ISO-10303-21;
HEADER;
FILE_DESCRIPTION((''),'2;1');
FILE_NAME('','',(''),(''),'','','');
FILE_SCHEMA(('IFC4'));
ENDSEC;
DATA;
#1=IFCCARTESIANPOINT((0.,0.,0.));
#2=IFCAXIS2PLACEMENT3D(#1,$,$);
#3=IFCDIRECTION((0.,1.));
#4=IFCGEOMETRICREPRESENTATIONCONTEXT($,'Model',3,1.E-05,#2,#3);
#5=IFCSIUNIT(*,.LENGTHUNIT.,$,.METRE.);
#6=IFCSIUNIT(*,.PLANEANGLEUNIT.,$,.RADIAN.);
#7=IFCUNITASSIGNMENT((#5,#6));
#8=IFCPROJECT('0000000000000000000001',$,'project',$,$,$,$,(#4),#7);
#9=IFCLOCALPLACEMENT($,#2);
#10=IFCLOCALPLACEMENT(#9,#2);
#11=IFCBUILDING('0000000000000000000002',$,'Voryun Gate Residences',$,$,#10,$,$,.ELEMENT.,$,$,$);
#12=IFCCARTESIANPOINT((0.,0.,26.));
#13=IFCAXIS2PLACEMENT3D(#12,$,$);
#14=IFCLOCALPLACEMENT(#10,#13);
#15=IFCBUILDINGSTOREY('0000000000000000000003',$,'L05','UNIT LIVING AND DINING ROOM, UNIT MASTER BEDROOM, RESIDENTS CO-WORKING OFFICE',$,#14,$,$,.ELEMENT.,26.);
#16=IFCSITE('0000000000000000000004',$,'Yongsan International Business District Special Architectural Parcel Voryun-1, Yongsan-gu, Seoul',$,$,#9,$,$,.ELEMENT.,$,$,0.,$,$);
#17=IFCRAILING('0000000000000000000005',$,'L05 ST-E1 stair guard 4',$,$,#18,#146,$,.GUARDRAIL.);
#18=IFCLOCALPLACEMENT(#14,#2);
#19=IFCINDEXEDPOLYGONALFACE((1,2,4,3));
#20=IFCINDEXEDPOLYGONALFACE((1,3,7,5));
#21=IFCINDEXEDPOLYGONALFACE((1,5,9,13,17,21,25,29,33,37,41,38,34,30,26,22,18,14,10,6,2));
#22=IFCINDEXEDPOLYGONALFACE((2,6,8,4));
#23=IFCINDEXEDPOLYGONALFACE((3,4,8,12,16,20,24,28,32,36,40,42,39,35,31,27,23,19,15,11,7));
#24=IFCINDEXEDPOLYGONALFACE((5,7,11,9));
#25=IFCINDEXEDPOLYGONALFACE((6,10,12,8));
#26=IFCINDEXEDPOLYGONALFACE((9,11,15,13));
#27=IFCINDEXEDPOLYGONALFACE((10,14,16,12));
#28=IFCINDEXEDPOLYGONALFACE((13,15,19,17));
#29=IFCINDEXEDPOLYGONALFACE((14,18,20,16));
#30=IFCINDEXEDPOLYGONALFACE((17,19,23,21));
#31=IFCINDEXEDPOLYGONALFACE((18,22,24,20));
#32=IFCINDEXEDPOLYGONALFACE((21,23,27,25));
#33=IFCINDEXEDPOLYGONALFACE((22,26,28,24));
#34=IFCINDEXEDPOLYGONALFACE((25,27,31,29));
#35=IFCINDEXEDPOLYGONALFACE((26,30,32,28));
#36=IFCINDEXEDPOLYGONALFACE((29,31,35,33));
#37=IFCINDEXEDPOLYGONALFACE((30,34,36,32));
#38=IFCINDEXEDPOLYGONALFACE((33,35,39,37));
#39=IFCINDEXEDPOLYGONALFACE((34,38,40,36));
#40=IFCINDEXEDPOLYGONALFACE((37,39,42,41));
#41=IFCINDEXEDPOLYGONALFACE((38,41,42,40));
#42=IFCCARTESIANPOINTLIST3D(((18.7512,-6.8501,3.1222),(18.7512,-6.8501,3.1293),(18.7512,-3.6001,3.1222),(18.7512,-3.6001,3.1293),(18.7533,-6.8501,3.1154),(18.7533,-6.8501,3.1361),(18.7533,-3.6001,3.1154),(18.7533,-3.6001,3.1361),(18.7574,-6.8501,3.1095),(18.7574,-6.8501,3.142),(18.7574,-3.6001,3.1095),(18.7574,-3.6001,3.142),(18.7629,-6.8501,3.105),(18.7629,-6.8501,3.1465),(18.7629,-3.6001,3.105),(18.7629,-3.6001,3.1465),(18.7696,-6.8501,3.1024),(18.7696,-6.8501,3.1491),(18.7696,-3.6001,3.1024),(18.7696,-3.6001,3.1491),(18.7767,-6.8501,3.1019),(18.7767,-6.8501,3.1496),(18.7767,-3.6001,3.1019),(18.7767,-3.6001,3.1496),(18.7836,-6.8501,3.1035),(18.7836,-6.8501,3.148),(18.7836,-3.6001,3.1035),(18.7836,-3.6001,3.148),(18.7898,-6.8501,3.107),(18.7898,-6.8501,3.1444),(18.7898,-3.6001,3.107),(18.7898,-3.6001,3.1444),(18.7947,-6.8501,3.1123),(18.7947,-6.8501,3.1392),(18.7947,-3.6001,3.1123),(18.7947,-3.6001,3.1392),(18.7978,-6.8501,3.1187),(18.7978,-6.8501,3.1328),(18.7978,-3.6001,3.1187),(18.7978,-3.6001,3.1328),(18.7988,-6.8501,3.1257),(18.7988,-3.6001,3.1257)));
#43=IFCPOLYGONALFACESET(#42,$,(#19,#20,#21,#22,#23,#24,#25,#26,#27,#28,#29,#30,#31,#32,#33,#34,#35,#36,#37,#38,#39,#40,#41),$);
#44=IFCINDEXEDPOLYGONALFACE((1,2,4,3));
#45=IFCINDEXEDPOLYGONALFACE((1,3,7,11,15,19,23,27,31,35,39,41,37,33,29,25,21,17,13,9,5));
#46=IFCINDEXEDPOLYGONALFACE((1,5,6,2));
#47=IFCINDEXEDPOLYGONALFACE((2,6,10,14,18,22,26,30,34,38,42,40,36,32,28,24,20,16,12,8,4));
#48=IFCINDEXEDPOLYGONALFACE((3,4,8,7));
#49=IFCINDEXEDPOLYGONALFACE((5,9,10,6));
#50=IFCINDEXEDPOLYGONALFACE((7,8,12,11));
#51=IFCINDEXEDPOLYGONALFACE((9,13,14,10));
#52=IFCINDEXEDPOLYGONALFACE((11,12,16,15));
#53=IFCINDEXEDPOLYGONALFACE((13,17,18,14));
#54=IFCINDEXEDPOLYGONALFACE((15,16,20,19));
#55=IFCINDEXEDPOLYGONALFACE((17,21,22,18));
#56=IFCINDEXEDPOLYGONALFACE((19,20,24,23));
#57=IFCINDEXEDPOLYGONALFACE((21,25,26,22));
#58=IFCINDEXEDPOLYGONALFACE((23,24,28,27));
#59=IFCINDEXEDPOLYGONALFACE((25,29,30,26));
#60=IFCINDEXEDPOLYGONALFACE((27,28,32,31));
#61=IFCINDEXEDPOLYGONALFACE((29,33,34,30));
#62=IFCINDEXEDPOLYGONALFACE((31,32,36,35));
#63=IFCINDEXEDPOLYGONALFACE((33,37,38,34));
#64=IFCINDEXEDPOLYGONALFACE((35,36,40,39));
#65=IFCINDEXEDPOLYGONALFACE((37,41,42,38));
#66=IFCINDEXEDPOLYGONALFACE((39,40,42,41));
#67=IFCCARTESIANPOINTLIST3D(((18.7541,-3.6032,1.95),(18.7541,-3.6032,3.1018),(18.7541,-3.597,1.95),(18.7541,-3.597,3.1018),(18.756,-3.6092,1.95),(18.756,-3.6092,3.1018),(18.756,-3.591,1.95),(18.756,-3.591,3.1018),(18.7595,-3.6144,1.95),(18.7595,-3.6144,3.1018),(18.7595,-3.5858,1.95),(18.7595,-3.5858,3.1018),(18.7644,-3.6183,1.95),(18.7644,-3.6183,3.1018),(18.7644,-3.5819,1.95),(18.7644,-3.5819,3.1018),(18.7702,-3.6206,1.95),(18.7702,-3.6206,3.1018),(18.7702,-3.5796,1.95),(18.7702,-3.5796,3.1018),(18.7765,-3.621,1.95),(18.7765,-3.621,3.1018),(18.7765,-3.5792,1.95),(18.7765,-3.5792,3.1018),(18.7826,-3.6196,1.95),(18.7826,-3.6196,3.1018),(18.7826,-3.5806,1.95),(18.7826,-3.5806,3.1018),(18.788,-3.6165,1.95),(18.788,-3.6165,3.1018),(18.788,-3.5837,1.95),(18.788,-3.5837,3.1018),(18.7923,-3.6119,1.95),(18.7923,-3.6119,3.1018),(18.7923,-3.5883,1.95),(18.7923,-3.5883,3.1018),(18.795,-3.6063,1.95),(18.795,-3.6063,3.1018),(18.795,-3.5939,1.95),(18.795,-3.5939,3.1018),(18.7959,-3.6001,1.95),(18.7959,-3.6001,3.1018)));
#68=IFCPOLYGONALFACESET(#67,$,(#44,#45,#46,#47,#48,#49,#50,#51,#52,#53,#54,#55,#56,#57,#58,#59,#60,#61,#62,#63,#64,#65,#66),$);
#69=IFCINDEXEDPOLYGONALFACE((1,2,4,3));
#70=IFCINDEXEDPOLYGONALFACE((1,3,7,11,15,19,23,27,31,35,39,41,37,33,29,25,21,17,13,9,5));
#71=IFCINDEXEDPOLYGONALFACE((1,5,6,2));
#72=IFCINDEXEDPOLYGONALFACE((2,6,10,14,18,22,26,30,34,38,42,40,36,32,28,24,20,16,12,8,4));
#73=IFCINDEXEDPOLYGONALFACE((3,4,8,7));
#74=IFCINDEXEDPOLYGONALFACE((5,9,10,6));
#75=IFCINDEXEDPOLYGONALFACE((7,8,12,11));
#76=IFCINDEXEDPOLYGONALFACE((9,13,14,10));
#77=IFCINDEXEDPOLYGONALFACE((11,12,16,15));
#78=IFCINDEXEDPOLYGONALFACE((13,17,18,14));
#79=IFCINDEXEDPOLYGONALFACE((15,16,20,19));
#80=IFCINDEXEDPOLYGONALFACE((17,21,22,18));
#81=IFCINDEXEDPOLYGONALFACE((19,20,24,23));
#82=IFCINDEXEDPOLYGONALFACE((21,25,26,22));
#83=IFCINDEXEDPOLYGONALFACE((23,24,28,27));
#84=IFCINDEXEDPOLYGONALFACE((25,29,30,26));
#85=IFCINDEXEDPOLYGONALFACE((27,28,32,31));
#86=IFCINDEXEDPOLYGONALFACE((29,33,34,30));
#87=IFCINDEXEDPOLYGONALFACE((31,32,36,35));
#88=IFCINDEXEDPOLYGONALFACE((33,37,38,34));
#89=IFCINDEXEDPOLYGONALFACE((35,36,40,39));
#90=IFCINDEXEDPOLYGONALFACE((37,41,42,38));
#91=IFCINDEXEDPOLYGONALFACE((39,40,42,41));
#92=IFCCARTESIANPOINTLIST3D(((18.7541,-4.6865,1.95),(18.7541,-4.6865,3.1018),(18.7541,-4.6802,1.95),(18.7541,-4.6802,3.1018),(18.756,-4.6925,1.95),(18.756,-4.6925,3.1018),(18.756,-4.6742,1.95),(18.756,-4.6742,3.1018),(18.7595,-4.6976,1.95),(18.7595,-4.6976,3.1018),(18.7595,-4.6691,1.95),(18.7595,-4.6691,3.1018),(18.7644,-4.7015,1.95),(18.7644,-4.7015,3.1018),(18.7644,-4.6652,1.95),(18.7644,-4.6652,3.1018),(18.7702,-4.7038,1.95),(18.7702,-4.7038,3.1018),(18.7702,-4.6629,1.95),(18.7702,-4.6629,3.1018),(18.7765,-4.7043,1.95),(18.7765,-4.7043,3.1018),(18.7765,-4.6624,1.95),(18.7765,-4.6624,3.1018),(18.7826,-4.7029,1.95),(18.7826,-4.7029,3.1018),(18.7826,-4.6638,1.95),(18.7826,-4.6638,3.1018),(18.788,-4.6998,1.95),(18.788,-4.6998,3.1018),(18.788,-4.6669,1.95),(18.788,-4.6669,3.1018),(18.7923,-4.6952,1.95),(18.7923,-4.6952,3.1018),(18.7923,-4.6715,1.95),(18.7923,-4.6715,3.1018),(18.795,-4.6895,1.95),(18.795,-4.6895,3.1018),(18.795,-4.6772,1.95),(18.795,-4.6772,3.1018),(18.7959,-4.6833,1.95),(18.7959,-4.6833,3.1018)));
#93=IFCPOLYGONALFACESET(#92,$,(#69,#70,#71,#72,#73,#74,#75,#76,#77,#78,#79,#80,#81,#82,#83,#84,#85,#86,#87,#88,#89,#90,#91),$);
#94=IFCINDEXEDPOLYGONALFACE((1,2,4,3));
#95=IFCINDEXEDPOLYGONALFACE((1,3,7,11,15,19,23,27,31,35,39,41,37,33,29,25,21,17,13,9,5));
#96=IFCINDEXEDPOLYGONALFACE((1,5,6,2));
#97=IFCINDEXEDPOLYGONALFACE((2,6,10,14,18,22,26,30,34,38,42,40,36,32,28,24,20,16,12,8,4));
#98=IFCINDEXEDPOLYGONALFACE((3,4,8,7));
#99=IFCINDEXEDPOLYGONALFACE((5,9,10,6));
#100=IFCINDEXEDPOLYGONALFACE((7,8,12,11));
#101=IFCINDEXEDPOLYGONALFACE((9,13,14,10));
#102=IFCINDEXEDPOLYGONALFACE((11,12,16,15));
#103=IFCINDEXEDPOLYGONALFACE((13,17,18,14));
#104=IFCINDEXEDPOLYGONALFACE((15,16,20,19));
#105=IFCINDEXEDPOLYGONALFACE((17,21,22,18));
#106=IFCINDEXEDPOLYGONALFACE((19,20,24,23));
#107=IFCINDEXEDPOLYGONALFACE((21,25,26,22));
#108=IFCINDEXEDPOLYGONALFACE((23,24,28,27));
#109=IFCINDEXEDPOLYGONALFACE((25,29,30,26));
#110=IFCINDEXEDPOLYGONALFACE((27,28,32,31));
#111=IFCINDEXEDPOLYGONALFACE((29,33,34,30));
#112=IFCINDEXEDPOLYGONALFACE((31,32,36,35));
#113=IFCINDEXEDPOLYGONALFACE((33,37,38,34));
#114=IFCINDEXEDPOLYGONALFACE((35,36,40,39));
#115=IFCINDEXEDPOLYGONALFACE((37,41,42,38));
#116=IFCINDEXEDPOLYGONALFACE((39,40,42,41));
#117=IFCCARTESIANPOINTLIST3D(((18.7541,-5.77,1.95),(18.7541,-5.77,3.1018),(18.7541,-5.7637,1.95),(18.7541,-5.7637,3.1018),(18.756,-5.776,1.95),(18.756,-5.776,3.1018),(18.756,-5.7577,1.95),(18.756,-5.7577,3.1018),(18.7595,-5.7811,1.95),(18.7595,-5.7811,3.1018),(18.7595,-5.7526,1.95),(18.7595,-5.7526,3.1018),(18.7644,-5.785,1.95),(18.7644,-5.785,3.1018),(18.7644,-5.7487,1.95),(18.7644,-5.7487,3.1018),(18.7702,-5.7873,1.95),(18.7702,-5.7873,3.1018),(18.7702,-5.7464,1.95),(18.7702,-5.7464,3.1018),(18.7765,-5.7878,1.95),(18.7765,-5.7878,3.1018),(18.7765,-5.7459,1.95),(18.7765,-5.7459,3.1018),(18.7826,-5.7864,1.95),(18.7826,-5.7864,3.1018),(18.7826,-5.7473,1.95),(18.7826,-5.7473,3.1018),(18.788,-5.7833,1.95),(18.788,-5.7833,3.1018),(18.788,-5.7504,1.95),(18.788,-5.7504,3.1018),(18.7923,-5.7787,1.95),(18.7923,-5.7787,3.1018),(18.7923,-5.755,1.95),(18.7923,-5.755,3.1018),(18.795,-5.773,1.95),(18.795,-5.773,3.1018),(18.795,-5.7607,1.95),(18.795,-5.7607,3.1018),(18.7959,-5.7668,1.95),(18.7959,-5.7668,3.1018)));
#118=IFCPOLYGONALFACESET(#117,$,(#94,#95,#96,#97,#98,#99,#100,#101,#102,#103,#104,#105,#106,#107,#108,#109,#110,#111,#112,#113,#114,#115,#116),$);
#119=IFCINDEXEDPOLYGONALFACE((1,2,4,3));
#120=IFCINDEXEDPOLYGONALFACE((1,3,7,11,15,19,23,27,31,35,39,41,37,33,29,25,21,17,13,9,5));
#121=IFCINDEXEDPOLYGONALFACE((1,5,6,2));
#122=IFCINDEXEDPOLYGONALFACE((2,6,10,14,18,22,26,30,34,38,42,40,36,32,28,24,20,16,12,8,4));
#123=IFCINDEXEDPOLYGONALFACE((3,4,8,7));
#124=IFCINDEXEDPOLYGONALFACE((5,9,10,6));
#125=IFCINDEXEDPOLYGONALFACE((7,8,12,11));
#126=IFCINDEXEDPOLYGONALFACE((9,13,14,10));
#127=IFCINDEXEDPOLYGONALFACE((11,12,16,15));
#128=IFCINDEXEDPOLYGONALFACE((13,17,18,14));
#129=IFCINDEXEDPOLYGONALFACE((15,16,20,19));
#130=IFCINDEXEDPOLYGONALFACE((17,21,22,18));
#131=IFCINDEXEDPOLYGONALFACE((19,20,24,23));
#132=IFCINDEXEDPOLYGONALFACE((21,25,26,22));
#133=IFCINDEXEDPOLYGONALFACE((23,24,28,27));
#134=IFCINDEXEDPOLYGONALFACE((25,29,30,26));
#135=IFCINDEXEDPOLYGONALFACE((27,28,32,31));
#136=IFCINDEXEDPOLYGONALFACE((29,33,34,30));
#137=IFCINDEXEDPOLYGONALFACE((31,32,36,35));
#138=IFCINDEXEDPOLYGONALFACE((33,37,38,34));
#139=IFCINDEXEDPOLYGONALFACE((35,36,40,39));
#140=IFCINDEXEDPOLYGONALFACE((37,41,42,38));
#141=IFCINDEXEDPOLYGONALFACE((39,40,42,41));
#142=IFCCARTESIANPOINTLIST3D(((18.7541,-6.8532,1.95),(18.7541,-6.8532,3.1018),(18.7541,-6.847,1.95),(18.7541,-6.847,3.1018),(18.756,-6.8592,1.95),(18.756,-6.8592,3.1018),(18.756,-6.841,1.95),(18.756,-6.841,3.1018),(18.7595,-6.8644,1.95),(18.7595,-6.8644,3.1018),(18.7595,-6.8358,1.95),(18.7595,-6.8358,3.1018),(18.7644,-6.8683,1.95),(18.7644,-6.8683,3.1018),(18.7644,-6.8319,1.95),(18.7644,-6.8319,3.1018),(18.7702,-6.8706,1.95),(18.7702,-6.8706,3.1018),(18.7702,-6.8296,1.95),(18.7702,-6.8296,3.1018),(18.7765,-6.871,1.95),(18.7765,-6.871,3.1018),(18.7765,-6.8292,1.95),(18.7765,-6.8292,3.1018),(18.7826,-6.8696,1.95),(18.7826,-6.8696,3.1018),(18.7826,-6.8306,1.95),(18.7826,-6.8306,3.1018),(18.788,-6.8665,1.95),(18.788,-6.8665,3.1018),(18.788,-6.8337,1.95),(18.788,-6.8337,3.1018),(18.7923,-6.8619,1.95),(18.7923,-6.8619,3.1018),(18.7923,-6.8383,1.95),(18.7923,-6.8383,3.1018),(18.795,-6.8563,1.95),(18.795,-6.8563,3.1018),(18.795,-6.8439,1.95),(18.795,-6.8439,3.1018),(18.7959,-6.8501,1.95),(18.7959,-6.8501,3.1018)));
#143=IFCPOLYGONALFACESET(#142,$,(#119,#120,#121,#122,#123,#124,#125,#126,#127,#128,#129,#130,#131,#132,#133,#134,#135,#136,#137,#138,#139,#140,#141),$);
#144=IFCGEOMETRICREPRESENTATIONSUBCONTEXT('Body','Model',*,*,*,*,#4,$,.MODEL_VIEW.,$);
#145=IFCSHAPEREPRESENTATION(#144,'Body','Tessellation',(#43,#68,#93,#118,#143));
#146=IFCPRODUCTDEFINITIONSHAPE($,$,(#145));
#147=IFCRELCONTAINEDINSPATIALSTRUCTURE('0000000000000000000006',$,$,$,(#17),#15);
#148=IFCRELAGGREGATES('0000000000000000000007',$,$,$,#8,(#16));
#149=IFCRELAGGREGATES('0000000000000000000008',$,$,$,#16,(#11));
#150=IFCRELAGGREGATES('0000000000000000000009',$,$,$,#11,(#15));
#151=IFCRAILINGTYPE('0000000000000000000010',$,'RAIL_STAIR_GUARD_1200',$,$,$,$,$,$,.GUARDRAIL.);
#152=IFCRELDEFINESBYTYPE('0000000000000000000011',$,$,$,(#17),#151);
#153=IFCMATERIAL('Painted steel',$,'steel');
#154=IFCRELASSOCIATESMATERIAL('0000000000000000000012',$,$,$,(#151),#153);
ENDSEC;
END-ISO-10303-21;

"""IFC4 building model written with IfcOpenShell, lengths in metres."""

from ifc_helpers import new_model, si_unit, direction, frame, origin, origin_2d, place, context, subcontext, project, spatial, circle, extrude, material, type_object, element, save


model = new_model("IFC4")

# Units and contexts
model_context = context("Model", 3, precision=1e-05, world=origin(), true_north=direction((0.0, 1.0)))
body_context = subcontext(model_context, "Body", "Model", "MODEL_VIEW")
ifc_project = project(units=[si_unit("LENGTHUNIT", "METRE"), si_unit("PLANEANGLEUNIT", "RADIAN")], contexts=[model_context])

# Site, building, storey
site_placement = place(None, origin())
site = spatial("IfcSite", under=ifc_project, at=site_placement, Name="Yongsan International Business District Special Architectural Parcel Voryun-1, Yongsan-gu, Seoul", CompositionType="ELEMENT", RefElevation=0.0)
building_placement = place(site_placement, origin())
building = spatial("IfcBuilding", under=site, at=building_placement, Name="Voryun Gate Residences", CompositionType="ELEMENT")
storey_placement = place(building_placement, frame((0.0, 0.0, 26.0)))
storey = spatial("IfcBuildingStorey", under=building, at=storey_placement, Name="L05", Description="UNIT LIVING AND DINING ROOM, UNIT MASTER BEDROOM, RESIDENTS CO-WORKING OFFICE", CompositionType="ELEMENT", Elevation=26.0)

# Railing
ifc_material_1 = material(Name="Painted steel", Category="steel")
railing_type_1 = type_object("IfcRailingType", Name="RAIL_STAIR_GUARD_1200", PredefinedType="GUARDRAIL", material=ifc_material_1)
for number, where, name in (
    (1, (18.7749, -3.6001, 1.95), "L05 ST-E1 stair guard 4"),
):
    element("IfcRailing", number, at=place(storey_placement, frame(where)), inside=storey, type_object=railing_type_1, Name=name, PredefinedType="GUARDRAIL", context=body_context, shape_type="SweptSolid", body=[
        extrude(circle(Radius=0.0239, at=origin_2d()), frame((0.0, 0.0, 1.1758), z_axis=(0.0, -1.0, 0.0), x_axis=(1.0, 0.0, 0.0)), (0.0, 0.0, 1.0), 3.25),
        extrude(circle(Radius=0.021, at=origin_2d()), origin(), (0.0, 0.0, 1.0), 1.1519),
        extrude(circle(Radius=0.021, at=origin_2d()), frame((0.0, -1.0833, 0.0)), (0.0, 0.0, 1.0), 1.1519),
        extrude(circle(Radius=0.021, at=origin_2d()), frame((0.0, -2.1667, 0.0)), (0.0, 0.0, 1.0), 1.1519),
        extrude(circle(Radius=0.021, at=origin_2d()), frame((0.0, -3.25, 0.0)), (0.0, 0.0, 1.0), 1.1519),
    ])

save(model, "model.ifc")
